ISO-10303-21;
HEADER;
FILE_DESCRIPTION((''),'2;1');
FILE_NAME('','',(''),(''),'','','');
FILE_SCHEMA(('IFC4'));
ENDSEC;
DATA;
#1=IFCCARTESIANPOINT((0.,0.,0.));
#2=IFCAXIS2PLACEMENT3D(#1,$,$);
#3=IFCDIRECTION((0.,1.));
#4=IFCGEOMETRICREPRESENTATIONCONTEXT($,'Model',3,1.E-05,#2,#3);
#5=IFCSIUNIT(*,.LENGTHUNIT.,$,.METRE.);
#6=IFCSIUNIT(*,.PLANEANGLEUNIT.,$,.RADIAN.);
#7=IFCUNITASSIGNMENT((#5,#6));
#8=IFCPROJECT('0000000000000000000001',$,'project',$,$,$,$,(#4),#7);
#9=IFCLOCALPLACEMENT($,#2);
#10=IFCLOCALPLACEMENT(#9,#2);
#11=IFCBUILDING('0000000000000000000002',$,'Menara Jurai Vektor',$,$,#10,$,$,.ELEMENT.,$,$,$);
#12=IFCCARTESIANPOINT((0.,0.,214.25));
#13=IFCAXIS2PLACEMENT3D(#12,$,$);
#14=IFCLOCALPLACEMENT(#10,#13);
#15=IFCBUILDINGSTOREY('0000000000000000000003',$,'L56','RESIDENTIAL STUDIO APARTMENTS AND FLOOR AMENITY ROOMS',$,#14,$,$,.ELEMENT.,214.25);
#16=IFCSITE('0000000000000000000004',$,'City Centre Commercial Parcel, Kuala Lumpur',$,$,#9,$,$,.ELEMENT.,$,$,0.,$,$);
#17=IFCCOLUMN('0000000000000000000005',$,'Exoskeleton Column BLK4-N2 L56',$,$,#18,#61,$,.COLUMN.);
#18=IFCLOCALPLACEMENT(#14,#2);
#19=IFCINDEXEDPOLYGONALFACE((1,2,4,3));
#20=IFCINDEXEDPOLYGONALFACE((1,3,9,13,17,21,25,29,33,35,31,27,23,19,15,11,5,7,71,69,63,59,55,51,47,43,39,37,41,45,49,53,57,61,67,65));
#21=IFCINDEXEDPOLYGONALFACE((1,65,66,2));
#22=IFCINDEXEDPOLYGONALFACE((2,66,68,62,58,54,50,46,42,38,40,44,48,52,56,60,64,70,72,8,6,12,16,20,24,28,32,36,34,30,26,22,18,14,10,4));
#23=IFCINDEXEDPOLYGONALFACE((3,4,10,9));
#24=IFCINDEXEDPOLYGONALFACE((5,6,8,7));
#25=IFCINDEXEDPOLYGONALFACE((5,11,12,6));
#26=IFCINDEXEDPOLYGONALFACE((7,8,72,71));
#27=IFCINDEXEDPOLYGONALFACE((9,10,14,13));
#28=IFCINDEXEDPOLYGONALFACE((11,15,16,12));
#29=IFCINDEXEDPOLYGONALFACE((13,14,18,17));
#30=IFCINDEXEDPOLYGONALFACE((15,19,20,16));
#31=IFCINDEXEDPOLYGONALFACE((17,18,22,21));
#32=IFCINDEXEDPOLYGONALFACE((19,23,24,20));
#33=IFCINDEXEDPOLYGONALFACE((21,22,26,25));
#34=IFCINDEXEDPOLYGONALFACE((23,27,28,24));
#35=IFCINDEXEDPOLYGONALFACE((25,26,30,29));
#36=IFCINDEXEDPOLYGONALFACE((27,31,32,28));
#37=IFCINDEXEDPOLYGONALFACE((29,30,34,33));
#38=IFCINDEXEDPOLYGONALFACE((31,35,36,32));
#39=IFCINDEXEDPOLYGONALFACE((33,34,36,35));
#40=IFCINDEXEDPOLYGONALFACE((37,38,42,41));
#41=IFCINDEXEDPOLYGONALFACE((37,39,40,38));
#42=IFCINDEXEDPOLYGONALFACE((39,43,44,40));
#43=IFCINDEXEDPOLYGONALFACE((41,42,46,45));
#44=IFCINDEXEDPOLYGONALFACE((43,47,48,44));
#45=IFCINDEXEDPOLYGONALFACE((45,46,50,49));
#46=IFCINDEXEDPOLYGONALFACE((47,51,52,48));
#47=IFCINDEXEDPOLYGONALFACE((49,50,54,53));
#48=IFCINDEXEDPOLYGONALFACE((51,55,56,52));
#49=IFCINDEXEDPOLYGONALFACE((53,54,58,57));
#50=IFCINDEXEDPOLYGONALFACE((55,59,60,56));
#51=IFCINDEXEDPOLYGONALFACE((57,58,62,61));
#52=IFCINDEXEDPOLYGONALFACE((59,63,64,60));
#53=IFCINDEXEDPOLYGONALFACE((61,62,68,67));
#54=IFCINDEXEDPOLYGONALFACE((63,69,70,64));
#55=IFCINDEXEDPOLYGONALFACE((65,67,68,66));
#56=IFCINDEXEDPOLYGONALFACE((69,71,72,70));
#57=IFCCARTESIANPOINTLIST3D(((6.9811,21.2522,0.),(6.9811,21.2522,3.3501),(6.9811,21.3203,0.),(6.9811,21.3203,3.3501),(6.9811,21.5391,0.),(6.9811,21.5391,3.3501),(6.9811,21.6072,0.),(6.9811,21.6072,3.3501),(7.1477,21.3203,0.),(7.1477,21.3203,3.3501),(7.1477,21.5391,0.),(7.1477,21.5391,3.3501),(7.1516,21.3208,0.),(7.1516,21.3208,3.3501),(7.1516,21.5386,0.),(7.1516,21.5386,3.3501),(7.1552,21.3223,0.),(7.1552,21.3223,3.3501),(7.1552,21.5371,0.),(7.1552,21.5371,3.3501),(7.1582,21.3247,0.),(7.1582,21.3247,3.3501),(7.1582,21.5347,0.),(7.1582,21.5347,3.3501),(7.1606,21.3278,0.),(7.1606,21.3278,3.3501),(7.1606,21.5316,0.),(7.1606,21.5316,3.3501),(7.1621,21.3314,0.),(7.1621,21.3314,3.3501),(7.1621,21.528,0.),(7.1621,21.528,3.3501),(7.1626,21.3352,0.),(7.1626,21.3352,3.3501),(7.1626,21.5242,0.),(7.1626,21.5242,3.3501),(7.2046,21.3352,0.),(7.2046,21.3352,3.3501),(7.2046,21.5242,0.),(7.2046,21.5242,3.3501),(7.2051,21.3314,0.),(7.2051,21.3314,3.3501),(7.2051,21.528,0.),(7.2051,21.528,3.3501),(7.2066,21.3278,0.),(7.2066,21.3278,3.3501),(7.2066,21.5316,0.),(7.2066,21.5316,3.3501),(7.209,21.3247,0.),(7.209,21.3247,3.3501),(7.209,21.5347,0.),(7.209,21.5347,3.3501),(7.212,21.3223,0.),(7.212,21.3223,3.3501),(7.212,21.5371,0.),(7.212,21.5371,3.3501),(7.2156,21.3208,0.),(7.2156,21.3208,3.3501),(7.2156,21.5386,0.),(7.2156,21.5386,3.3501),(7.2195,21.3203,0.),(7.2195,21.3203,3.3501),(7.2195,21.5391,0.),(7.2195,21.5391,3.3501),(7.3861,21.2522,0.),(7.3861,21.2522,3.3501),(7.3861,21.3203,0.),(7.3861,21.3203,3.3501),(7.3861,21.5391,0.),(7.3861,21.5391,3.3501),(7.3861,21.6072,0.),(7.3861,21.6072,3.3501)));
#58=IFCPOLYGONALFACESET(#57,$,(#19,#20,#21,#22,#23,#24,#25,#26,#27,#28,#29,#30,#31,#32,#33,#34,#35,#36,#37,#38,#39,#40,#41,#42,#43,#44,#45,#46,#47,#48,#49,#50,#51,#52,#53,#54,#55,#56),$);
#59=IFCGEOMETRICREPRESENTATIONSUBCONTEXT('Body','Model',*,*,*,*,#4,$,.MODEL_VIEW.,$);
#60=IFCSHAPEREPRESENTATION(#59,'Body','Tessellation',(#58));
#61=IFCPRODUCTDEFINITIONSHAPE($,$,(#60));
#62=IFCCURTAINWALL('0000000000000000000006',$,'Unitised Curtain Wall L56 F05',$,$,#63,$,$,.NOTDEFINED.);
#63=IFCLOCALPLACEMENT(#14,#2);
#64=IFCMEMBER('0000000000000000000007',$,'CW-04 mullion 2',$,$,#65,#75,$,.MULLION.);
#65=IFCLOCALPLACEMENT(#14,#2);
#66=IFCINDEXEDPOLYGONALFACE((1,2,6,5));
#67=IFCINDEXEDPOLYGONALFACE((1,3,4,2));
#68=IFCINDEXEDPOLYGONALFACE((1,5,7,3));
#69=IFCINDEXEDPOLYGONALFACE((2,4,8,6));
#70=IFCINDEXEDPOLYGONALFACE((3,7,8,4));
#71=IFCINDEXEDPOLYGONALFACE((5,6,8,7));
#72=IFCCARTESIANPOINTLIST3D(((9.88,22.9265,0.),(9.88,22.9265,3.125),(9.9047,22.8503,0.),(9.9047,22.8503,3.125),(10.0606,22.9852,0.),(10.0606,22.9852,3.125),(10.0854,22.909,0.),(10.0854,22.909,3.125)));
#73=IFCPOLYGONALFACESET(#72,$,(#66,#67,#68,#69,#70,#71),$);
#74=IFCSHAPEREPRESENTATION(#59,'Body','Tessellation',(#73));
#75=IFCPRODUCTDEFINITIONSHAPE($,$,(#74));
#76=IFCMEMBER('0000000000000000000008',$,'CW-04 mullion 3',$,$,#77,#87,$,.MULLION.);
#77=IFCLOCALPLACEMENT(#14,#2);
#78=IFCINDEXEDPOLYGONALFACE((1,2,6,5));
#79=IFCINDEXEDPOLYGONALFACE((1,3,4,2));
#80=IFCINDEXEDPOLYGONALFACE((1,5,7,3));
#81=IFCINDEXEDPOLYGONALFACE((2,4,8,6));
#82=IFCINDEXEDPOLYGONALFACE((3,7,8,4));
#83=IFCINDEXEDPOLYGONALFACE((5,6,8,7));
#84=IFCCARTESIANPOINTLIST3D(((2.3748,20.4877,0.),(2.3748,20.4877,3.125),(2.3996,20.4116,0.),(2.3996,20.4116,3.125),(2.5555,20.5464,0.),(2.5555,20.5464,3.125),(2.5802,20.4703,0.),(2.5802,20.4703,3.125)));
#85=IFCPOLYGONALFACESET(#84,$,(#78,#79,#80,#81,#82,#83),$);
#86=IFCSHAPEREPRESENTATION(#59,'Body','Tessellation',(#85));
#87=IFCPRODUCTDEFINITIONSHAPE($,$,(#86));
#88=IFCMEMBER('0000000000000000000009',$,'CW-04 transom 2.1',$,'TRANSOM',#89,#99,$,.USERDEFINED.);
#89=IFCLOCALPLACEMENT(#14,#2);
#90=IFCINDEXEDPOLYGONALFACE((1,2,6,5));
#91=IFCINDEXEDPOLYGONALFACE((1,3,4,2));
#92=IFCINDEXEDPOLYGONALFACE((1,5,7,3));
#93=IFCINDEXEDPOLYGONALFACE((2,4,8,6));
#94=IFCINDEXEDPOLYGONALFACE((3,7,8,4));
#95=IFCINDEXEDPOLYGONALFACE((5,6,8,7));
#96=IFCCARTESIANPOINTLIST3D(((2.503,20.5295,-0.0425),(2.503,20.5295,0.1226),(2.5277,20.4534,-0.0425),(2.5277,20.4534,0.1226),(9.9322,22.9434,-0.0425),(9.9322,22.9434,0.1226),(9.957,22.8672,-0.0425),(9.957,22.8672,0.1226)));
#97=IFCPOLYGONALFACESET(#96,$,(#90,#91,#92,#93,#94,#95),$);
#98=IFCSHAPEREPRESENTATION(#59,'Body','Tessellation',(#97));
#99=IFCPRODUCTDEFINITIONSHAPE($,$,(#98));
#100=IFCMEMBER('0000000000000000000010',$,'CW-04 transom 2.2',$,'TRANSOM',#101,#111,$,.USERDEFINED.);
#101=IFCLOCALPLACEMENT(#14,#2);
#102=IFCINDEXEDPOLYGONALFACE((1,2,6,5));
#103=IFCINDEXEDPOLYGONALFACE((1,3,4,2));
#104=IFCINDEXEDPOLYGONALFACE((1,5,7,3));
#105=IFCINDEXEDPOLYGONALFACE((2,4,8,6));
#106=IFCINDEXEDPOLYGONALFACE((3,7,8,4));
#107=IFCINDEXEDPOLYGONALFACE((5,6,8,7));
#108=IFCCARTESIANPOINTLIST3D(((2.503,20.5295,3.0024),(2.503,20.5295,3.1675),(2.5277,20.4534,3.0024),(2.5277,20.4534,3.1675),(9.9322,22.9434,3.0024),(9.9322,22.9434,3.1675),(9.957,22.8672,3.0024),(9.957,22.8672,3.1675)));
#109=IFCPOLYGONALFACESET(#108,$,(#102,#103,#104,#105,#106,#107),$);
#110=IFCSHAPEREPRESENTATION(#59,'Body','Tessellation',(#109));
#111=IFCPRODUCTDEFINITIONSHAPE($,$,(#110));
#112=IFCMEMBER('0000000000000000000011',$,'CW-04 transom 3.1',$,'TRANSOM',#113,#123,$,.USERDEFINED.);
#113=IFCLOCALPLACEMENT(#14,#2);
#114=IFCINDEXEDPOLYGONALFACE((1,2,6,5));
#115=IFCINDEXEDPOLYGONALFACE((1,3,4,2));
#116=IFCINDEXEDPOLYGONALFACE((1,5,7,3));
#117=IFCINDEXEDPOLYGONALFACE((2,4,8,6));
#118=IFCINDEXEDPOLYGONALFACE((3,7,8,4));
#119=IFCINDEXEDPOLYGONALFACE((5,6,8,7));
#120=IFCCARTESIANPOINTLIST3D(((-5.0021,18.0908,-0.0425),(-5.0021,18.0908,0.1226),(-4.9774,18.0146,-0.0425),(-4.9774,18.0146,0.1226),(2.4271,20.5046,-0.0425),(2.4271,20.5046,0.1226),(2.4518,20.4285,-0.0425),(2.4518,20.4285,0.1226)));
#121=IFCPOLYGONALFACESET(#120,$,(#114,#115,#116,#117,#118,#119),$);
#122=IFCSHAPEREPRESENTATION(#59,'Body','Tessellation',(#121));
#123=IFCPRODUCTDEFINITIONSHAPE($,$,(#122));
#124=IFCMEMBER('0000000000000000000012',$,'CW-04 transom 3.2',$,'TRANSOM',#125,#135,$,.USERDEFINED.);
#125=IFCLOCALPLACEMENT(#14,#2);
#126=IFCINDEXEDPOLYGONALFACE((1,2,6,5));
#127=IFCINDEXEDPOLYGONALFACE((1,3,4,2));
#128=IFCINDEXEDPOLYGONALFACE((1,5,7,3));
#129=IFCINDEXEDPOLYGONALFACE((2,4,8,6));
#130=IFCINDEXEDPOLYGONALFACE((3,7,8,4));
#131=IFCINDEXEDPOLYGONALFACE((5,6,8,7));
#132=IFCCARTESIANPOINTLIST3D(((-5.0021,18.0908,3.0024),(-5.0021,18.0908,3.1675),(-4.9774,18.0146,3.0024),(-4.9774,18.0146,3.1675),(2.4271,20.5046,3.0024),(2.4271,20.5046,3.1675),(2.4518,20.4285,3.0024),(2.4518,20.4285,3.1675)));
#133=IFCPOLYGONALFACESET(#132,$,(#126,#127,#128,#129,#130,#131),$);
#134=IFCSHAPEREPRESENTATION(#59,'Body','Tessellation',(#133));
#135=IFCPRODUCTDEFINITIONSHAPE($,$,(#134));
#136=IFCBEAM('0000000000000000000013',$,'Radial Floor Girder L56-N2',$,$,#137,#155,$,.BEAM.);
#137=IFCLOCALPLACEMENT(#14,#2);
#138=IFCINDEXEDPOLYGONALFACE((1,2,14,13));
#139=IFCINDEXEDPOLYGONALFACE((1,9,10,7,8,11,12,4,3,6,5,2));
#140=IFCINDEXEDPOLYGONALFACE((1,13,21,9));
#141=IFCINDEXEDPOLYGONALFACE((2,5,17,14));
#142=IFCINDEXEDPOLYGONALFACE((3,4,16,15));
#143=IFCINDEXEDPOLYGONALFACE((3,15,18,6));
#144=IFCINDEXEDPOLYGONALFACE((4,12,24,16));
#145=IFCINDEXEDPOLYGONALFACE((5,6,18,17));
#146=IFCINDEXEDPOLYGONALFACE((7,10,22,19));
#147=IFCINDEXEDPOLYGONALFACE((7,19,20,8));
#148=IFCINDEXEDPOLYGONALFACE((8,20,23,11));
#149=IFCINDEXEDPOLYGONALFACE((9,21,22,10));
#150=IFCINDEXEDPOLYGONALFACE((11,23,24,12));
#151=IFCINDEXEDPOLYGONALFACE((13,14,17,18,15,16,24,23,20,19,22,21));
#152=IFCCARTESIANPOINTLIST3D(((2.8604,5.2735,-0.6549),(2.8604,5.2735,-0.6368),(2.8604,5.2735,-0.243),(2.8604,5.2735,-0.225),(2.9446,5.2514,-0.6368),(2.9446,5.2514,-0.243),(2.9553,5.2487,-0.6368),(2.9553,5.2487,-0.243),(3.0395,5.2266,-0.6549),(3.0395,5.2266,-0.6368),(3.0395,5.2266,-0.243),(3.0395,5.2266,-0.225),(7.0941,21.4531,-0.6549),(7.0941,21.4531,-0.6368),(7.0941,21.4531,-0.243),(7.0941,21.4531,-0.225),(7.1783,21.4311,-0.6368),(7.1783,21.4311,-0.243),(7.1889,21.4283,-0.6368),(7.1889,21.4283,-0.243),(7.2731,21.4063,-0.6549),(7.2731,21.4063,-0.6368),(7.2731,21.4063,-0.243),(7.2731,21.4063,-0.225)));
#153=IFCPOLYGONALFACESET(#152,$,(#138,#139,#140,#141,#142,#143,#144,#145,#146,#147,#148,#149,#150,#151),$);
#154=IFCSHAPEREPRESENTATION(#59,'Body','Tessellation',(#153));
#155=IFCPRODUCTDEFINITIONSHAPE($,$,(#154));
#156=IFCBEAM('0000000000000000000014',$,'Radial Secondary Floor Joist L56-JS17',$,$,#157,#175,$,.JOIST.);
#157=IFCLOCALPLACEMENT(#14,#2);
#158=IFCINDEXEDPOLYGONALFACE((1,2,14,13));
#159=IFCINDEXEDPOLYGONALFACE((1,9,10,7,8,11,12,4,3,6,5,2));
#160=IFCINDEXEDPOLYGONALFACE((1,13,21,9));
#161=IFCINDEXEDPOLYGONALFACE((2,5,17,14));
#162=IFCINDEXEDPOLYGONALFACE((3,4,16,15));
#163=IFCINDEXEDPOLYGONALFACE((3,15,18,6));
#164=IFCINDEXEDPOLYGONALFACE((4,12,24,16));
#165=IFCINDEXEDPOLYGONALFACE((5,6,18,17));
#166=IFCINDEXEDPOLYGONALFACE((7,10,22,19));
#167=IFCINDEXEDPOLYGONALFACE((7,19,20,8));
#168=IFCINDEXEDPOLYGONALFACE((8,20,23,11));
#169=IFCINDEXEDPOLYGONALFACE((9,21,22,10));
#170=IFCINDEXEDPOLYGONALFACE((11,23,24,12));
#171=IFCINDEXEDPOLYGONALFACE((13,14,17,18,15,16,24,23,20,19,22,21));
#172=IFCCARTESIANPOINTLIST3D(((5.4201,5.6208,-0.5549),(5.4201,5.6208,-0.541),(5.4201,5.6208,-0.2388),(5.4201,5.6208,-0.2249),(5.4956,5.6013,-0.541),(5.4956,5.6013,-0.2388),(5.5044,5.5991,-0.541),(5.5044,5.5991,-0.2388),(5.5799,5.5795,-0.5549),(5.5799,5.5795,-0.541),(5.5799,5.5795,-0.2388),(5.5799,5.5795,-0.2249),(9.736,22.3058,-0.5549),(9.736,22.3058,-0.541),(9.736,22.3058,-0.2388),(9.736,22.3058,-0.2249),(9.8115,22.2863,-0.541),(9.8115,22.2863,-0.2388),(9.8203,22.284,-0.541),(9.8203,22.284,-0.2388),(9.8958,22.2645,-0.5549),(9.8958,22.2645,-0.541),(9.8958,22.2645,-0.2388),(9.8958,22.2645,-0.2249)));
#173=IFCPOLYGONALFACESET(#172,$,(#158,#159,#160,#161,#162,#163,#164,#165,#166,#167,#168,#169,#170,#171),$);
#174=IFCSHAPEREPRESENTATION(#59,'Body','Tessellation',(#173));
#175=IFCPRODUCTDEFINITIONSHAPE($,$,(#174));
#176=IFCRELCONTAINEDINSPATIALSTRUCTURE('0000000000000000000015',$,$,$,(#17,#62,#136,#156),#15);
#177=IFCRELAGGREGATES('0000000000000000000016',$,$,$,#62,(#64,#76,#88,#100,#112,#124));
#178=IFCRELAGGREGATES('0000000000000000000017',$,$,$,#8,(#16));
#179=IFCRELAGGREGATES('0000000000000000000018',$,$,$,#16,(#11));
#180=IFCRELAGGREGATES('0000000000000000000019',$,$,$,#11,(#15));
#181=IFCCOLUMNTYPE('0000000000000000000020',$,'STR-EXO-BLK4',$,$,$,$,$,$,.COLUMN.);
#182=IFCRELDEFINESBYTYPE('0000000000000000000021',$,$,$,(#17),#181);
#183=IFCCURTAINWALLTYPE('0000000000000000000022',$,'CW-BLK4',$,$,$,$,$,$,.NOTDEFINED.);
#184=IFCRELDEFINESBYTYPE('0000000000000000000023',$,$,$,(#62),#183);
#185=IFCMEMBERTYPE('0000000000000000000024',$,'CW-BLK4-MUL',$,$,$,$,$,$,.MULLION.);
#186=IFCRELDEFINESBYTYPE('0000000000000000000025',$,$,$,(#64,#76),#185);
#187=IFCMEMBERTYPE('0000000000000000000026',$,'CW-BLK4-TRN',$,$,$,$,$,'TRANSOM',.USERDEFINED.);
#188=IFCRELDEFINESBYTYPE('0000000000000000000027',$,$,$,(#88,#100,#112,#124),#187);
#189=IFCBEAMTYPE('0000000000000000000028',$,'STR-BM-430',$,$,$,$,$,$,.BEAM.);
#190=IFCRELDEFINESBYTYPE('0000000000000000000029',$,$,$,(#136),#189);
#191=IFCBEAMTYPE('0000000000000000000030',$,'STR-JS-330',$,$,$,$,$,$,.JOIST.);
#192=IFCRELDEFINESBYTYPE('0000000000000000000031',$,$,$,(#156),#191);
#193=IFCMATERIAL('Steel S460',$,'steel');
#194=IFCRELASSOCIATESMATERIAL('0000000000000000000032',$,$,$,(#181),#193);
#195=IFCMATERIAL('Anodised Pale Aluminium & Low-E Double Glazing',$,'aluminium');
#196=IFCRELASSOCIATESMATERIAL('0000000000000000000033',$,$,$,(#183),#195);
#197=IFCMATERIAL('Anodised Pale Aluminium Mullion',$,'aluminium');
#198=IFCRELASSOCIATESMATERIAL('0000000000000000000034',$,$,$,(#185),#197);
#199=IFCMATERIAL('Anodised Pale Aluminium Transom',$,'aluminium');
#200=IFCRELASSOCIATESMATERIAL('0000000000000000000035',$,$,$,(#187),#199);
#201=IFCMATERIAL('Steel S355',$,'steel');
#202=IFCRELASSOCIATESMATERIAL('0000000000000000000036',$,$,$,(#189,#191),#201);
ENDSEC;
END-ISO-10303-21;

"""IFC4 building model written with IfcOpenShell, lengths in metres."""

from ifc_helpers import new_model, si_unit, direction, frame, origin, origin_2d, place, context, subcontext, project, spatial, rectangle, i_section, extrude, material, material_profile, profile_set, type_object, element, aggregate, save


model = new_model("IFC4")

# Units and contexts
model_context = context("Model", 3, precision=1e-05, world=origin(), true_north=direction((0.0, 1.0)))
body_context = subcontext(model_context, "Body", "Model", "MODEL_VIEW")
ifc_project = project(units=[si_unit("LENGTHUNIT", "METRE"), si_unit("PLANEANGLEUNIT", "RADIAN")], contexts=[model_context])

# Site, building, storey
site_placement = place(None, origin())
site = spatial("IfcSite", under=ifc_project, at=site_placement, Name="City Centre Commercial Parcel, Kuala Lumpur", CompositionType="ELEMENT", RefElevation=0.0)
building_placement = place(site_placement, origin())
building = spatial("IfcBuilding", under=site, at=building_placement, Name="Menara Jurai Vektor", CompositionType="ELEMENT")
storey_placement = place(building_placement, frame((0.0, 0.0, 214.25)))
storey = spatial("IfcBuildingStorey", under=building, at=storey_placement, Name="L56", Description="RESIDENTIAL STUDIO APARTMENTS AND FLOOR AMENITY ROOMS", CompositionType="ELEMENT", Elevation=214.25)

# Column
ifc_material_1 = material(Name="Steel S460", Category="steel")
ifc_material_profile_1 = material_profile(ifc_material_1, i_section(OverallWidth=0.405, OverallDepth=0.355, WebThickness=0.042, FlangeThickness=0.0681, FilletRadius=0.0149, at=origin_2d()), Name="HD 400x551")
ifc_profile_set_1 = profile_set([ifc_material_profile_1], Name="Steel S460")
column_type = type_object("IfcColumnType", Name="STR-EXO-BLK4", PredefinedType="COLUMN", material=ifc_profile_set_1)
column_placement = place(storey_placement, frame((7.1836, 21.4297, 0.0), z_axis=(0.0, 0.0, 1.0), x_axis=(1.0, 0.0, 0.0)))
element("IfcColumn", 1, at=column_placement, inside=storey, type_object=column_type, Name="Exoskeleton Column BLK4-N2 L56", PredefinedType="COLUMN", context=body_context, shape_type="SweptSolid", body=[
    extrude(i_section(OverallWidth=0.405, OverallDepth=0.355, WebThickness=0.042, FlangeThickness=0.0681, FilletRadius=0.0149, at=origin_2d()), origin(), (0.0, 0.0, 1.0), 3.3501),
])

# Curtain wall, members
ifc_material_2 = material(Name="Anodised Pale Aluminium & Low-E Double Glazing", Category="aluminium")
curtain_wall_type = type_object("IfcCurtainWallType", Name="CW-BLK4", PredefinedType="NOTDEFINED", material=ifc_material_2)
curtain_wall_placement = place(storey_placement, origin())
curtain_wall = element("IfcCurtainWall", 2, at=curtain_wall_placement, inside=storey, type_object=curtain_wall_type, Name="Unitised Curtain Wall L56 F05", PredefinedType="NOTDEFINED")
ifc_material_3 = material(Name="Anodised Pale Aluminium Mullion", Category="aluminium")
ifc_material_profile_2 = material_profile(ifc_material_3, rectangle(XDim=0.0801, YDim=0.1899, at=origin_2d()), Name="ALU MUL 80x190")
ifc_profile_set_2 = profile_set([ifc_material_profile_2], Name="Anodised Pale Aluminium Mullion")
member_type_1 = type_object("IfcMemberType", Name="CW-BLK4-MUL", PredefinedType="MULLION", material=ifc_profile_set_2)
member_1_placement = place(storey_placement, frame((9.9827, 22.9177, 0.0), z_axis=(0.0, 0.0, 1.0), x_axis=(0.309017, -0.951056, 0.0)))
member_1 = element("IfcMember", 3, at=member_1_placement, type_object=member_type_1, Name="CW-04 mullion 2", PredefinedType="MULLION", context=body_context, shape_type="SweptSolid", body=[
    extrude(rectangle(XDim=0.0801, YDim=0.1899, at=origin_2d()), origin(), (0.0, 0.0, 1.0), 3.125),
])
member_2_placement = place(storey_placement, frame((2.4775, 20.479, 0.0), z_axis=(0.0, 0.0, 1.0), x_axis=(0.309017, -0.951056, 0.0)))
member_2 = element("IfcMember", 4, at=member_2_placement, type_object=member_type_1, Name="CW-04 mullion 3", PredefinedType="MULLION", context=body_context, shape_type="SweptSolid", body=[
    extrude(rectangle(XDim=0.0801, YDim=0.1899, at=origin_2d()), origin(), (0.0, 0.0, 1.0), 3.125),
])
ifc_material_4 = material(Name="Anodised Pale Aluminium Transom", Category="aluminium")
ifc_material_profile_3 = material_profile(ifc_material_4, rectangle(XDim=0.0801, YDim=0.165, at=origin_2d()), Name="ALU TRN 80x165")
ifc_profile_set_3 = profile_set([ifc_material_profile_3], Name="Anodised Pale Aluminium Transom")
member_type_2 = type_object("IfcMemberType", Name="CW-BLK4-TRN", ElementType="TRANSOM", PredefinedType="USERDEFINED", material=ifc_profile_set_3)
member_3_placement = place(storey_placement, frame((9.9446, 22.9053, 0.04), z_axis=(-0.951059, -0.309008, 0.0), x_axis=(0.309008, -0.951059, 0.0)))
member_3 = element("IfcMember", 5, at=member_3_placement, type_object=member_type_2, Name="CW-04 transom 2.1", ObjectType="TRANSOM", PredefinedType="USERDEFINED", context=body_context, shape_type="SweptSolid", body=[
    extrude(rectangle(XDim=0.0801, YDim=0.165, at=origin_2d()), origin(), (0.0, 0.0, 1.0), 7.8115),
])
member_4_placement = place(storey_placement, frame((9.9446, 22.9053, 3.085), z_axis=(-0.951059, -0.309008, 0.0), x_axis=(0.309008, -0.951059, 0.0)))
member_4 = element("IfcMember", 6, at=member_4_placement, type_object=member_type_2, Name="CW-04 transom 2.2", ObjectType="TRANSOM", PredefinedType="USERDEFINED", context=body_context, shape_type="SweptSolid", body=[
    extrude(rectangle(XDim=0.0801, YDim=0.165, at=origin_2d()), origin(), (0.0, 0.0, 1.0), 7.8115),
])
member_5_placement = place(storey_placement, frame((2.4395, 20.4666, 0.04), z_axis=(-0.951059, -0.309008, 0.0), x_axis=(0.309008, -0.951059, 0.0)))
member_5 = element("IfcMember", 7, at=member_5_placement, type_object=member_type_2, Name="CW-04 transom 3.1", ObjectType="TRANSOM", PredefinedType="USERDEFINED", context=body_context, shape_type="SweptSolid", body=[
    extrude(rectangle(XDim=0.0801, YDim=0.165, at=origin_2d()), origin(), (0.0, 0.0, 1.0), 7.8115),
])
member_6_placement = place(storey_placement, frame((2.4395, 20.4666, 3.085), z_axis=(-0.951059, -0.309008, 0.0), x_axis=(0.309008, -0.951059, 0.0)))
member_6 = element("IfcMember", 8, at=member_6_placement, type_object=member_type_2, Name="CW-04 transom 3.2", ObjectType="TRANSOM", PredefinedType="USERDEFINED", context=body_context, shape_type="SweptSolid", body=[
    extrude(rectangle(XDim=0.0801, YDim=0.165, at=origin_2d()), origin(), (0.0, 0.0, 1.0), 7.8115),
])

# Beams
ifc_material_5 = material(Name="Steel S355", Category="steel")
ifc_material_profile_4 = material_profile(ifc_material_5, i_section(OverallWidth=0.1851, OverallDepth=0.4299, WebThickness=0.011, FlangeThickness=0.0181, at=origin_2d()), Name="PG 430x185x76")
ifc_profile_set_4 = profile_set([ifc_material_profile_4], Name="Steel S355")
beam_type_1 = type_object("IfcBeamType", Name="STR-BM-430", PredefinedType="BEAM", material=ifc_profile_set_4)
beam_1_placement = place(storey_placement, frame((7.1836, 21.4297, -0.4399), z_axis=(-0.253141, -0.967429, 0.0), x_axis=(0.967429, -0.253141, 0.0)))
element("IfcBeam", 9, at=beam_1_placement, inside=storey, type_object=beam_type_1, Name="Radial Floor Girder L56-N2", PredefinedType="BEAM", context=body_context, shape_type="SweptSolid", body=[
    extrude(i_section(OverallWidth=0.1851, OverallDepth=0.4299, WebThickness=0.011, FlangeThickness=0.0181, at=origin_2d()), origin(), (0.0, 0.0, 1.0), 16.7244),
])
ifc_material_profile_5 = material_profile(ifc_material_5, i_section(OverallWidth=0.165, OverallDepth=0.3301, WebThickness=0.009, FlangeThickness=0.0139, at=origin_2d()), Name="PG 330x165x46")
ifc_profile_set_5 = profile_set([ifc_material_profile_5], Name="Steel S355")
beam_type_2 = type_object("IfcBeamType", Name="STR-JS-330", PredefinedType="JOIST", material=ifc_profile_set_5)
beam_2_placement = place(storey_placement, frame((9.8159, 22.2852, -0.3899), z_axis=(-0.250427, -0.968135, 0.0), x_axis=(0.968135, -0.250427, 0.0)))
element("IfcBeam", 10, at=beam_2_placement, inside=storey, type_object=beam_type_2, Name="Radial Secondary Floor Joist L56-JS17", PredefinedType="JOIST", context=body_context, shape_type="SweptSolid", body=[
    extrude(i_section(OverallWidth=0.165, OverallDepth=0.3301, WebThickness=0.009, FlangeThickness=0.0139, at=origin_2d()), origin(), (0.0, 0.0, 1.0), 17.2341),
])

aggregate(curtain_wall, [member_1, member_2, member_3, member_4, member_5, member_6])

save(model, "model.ifc")
